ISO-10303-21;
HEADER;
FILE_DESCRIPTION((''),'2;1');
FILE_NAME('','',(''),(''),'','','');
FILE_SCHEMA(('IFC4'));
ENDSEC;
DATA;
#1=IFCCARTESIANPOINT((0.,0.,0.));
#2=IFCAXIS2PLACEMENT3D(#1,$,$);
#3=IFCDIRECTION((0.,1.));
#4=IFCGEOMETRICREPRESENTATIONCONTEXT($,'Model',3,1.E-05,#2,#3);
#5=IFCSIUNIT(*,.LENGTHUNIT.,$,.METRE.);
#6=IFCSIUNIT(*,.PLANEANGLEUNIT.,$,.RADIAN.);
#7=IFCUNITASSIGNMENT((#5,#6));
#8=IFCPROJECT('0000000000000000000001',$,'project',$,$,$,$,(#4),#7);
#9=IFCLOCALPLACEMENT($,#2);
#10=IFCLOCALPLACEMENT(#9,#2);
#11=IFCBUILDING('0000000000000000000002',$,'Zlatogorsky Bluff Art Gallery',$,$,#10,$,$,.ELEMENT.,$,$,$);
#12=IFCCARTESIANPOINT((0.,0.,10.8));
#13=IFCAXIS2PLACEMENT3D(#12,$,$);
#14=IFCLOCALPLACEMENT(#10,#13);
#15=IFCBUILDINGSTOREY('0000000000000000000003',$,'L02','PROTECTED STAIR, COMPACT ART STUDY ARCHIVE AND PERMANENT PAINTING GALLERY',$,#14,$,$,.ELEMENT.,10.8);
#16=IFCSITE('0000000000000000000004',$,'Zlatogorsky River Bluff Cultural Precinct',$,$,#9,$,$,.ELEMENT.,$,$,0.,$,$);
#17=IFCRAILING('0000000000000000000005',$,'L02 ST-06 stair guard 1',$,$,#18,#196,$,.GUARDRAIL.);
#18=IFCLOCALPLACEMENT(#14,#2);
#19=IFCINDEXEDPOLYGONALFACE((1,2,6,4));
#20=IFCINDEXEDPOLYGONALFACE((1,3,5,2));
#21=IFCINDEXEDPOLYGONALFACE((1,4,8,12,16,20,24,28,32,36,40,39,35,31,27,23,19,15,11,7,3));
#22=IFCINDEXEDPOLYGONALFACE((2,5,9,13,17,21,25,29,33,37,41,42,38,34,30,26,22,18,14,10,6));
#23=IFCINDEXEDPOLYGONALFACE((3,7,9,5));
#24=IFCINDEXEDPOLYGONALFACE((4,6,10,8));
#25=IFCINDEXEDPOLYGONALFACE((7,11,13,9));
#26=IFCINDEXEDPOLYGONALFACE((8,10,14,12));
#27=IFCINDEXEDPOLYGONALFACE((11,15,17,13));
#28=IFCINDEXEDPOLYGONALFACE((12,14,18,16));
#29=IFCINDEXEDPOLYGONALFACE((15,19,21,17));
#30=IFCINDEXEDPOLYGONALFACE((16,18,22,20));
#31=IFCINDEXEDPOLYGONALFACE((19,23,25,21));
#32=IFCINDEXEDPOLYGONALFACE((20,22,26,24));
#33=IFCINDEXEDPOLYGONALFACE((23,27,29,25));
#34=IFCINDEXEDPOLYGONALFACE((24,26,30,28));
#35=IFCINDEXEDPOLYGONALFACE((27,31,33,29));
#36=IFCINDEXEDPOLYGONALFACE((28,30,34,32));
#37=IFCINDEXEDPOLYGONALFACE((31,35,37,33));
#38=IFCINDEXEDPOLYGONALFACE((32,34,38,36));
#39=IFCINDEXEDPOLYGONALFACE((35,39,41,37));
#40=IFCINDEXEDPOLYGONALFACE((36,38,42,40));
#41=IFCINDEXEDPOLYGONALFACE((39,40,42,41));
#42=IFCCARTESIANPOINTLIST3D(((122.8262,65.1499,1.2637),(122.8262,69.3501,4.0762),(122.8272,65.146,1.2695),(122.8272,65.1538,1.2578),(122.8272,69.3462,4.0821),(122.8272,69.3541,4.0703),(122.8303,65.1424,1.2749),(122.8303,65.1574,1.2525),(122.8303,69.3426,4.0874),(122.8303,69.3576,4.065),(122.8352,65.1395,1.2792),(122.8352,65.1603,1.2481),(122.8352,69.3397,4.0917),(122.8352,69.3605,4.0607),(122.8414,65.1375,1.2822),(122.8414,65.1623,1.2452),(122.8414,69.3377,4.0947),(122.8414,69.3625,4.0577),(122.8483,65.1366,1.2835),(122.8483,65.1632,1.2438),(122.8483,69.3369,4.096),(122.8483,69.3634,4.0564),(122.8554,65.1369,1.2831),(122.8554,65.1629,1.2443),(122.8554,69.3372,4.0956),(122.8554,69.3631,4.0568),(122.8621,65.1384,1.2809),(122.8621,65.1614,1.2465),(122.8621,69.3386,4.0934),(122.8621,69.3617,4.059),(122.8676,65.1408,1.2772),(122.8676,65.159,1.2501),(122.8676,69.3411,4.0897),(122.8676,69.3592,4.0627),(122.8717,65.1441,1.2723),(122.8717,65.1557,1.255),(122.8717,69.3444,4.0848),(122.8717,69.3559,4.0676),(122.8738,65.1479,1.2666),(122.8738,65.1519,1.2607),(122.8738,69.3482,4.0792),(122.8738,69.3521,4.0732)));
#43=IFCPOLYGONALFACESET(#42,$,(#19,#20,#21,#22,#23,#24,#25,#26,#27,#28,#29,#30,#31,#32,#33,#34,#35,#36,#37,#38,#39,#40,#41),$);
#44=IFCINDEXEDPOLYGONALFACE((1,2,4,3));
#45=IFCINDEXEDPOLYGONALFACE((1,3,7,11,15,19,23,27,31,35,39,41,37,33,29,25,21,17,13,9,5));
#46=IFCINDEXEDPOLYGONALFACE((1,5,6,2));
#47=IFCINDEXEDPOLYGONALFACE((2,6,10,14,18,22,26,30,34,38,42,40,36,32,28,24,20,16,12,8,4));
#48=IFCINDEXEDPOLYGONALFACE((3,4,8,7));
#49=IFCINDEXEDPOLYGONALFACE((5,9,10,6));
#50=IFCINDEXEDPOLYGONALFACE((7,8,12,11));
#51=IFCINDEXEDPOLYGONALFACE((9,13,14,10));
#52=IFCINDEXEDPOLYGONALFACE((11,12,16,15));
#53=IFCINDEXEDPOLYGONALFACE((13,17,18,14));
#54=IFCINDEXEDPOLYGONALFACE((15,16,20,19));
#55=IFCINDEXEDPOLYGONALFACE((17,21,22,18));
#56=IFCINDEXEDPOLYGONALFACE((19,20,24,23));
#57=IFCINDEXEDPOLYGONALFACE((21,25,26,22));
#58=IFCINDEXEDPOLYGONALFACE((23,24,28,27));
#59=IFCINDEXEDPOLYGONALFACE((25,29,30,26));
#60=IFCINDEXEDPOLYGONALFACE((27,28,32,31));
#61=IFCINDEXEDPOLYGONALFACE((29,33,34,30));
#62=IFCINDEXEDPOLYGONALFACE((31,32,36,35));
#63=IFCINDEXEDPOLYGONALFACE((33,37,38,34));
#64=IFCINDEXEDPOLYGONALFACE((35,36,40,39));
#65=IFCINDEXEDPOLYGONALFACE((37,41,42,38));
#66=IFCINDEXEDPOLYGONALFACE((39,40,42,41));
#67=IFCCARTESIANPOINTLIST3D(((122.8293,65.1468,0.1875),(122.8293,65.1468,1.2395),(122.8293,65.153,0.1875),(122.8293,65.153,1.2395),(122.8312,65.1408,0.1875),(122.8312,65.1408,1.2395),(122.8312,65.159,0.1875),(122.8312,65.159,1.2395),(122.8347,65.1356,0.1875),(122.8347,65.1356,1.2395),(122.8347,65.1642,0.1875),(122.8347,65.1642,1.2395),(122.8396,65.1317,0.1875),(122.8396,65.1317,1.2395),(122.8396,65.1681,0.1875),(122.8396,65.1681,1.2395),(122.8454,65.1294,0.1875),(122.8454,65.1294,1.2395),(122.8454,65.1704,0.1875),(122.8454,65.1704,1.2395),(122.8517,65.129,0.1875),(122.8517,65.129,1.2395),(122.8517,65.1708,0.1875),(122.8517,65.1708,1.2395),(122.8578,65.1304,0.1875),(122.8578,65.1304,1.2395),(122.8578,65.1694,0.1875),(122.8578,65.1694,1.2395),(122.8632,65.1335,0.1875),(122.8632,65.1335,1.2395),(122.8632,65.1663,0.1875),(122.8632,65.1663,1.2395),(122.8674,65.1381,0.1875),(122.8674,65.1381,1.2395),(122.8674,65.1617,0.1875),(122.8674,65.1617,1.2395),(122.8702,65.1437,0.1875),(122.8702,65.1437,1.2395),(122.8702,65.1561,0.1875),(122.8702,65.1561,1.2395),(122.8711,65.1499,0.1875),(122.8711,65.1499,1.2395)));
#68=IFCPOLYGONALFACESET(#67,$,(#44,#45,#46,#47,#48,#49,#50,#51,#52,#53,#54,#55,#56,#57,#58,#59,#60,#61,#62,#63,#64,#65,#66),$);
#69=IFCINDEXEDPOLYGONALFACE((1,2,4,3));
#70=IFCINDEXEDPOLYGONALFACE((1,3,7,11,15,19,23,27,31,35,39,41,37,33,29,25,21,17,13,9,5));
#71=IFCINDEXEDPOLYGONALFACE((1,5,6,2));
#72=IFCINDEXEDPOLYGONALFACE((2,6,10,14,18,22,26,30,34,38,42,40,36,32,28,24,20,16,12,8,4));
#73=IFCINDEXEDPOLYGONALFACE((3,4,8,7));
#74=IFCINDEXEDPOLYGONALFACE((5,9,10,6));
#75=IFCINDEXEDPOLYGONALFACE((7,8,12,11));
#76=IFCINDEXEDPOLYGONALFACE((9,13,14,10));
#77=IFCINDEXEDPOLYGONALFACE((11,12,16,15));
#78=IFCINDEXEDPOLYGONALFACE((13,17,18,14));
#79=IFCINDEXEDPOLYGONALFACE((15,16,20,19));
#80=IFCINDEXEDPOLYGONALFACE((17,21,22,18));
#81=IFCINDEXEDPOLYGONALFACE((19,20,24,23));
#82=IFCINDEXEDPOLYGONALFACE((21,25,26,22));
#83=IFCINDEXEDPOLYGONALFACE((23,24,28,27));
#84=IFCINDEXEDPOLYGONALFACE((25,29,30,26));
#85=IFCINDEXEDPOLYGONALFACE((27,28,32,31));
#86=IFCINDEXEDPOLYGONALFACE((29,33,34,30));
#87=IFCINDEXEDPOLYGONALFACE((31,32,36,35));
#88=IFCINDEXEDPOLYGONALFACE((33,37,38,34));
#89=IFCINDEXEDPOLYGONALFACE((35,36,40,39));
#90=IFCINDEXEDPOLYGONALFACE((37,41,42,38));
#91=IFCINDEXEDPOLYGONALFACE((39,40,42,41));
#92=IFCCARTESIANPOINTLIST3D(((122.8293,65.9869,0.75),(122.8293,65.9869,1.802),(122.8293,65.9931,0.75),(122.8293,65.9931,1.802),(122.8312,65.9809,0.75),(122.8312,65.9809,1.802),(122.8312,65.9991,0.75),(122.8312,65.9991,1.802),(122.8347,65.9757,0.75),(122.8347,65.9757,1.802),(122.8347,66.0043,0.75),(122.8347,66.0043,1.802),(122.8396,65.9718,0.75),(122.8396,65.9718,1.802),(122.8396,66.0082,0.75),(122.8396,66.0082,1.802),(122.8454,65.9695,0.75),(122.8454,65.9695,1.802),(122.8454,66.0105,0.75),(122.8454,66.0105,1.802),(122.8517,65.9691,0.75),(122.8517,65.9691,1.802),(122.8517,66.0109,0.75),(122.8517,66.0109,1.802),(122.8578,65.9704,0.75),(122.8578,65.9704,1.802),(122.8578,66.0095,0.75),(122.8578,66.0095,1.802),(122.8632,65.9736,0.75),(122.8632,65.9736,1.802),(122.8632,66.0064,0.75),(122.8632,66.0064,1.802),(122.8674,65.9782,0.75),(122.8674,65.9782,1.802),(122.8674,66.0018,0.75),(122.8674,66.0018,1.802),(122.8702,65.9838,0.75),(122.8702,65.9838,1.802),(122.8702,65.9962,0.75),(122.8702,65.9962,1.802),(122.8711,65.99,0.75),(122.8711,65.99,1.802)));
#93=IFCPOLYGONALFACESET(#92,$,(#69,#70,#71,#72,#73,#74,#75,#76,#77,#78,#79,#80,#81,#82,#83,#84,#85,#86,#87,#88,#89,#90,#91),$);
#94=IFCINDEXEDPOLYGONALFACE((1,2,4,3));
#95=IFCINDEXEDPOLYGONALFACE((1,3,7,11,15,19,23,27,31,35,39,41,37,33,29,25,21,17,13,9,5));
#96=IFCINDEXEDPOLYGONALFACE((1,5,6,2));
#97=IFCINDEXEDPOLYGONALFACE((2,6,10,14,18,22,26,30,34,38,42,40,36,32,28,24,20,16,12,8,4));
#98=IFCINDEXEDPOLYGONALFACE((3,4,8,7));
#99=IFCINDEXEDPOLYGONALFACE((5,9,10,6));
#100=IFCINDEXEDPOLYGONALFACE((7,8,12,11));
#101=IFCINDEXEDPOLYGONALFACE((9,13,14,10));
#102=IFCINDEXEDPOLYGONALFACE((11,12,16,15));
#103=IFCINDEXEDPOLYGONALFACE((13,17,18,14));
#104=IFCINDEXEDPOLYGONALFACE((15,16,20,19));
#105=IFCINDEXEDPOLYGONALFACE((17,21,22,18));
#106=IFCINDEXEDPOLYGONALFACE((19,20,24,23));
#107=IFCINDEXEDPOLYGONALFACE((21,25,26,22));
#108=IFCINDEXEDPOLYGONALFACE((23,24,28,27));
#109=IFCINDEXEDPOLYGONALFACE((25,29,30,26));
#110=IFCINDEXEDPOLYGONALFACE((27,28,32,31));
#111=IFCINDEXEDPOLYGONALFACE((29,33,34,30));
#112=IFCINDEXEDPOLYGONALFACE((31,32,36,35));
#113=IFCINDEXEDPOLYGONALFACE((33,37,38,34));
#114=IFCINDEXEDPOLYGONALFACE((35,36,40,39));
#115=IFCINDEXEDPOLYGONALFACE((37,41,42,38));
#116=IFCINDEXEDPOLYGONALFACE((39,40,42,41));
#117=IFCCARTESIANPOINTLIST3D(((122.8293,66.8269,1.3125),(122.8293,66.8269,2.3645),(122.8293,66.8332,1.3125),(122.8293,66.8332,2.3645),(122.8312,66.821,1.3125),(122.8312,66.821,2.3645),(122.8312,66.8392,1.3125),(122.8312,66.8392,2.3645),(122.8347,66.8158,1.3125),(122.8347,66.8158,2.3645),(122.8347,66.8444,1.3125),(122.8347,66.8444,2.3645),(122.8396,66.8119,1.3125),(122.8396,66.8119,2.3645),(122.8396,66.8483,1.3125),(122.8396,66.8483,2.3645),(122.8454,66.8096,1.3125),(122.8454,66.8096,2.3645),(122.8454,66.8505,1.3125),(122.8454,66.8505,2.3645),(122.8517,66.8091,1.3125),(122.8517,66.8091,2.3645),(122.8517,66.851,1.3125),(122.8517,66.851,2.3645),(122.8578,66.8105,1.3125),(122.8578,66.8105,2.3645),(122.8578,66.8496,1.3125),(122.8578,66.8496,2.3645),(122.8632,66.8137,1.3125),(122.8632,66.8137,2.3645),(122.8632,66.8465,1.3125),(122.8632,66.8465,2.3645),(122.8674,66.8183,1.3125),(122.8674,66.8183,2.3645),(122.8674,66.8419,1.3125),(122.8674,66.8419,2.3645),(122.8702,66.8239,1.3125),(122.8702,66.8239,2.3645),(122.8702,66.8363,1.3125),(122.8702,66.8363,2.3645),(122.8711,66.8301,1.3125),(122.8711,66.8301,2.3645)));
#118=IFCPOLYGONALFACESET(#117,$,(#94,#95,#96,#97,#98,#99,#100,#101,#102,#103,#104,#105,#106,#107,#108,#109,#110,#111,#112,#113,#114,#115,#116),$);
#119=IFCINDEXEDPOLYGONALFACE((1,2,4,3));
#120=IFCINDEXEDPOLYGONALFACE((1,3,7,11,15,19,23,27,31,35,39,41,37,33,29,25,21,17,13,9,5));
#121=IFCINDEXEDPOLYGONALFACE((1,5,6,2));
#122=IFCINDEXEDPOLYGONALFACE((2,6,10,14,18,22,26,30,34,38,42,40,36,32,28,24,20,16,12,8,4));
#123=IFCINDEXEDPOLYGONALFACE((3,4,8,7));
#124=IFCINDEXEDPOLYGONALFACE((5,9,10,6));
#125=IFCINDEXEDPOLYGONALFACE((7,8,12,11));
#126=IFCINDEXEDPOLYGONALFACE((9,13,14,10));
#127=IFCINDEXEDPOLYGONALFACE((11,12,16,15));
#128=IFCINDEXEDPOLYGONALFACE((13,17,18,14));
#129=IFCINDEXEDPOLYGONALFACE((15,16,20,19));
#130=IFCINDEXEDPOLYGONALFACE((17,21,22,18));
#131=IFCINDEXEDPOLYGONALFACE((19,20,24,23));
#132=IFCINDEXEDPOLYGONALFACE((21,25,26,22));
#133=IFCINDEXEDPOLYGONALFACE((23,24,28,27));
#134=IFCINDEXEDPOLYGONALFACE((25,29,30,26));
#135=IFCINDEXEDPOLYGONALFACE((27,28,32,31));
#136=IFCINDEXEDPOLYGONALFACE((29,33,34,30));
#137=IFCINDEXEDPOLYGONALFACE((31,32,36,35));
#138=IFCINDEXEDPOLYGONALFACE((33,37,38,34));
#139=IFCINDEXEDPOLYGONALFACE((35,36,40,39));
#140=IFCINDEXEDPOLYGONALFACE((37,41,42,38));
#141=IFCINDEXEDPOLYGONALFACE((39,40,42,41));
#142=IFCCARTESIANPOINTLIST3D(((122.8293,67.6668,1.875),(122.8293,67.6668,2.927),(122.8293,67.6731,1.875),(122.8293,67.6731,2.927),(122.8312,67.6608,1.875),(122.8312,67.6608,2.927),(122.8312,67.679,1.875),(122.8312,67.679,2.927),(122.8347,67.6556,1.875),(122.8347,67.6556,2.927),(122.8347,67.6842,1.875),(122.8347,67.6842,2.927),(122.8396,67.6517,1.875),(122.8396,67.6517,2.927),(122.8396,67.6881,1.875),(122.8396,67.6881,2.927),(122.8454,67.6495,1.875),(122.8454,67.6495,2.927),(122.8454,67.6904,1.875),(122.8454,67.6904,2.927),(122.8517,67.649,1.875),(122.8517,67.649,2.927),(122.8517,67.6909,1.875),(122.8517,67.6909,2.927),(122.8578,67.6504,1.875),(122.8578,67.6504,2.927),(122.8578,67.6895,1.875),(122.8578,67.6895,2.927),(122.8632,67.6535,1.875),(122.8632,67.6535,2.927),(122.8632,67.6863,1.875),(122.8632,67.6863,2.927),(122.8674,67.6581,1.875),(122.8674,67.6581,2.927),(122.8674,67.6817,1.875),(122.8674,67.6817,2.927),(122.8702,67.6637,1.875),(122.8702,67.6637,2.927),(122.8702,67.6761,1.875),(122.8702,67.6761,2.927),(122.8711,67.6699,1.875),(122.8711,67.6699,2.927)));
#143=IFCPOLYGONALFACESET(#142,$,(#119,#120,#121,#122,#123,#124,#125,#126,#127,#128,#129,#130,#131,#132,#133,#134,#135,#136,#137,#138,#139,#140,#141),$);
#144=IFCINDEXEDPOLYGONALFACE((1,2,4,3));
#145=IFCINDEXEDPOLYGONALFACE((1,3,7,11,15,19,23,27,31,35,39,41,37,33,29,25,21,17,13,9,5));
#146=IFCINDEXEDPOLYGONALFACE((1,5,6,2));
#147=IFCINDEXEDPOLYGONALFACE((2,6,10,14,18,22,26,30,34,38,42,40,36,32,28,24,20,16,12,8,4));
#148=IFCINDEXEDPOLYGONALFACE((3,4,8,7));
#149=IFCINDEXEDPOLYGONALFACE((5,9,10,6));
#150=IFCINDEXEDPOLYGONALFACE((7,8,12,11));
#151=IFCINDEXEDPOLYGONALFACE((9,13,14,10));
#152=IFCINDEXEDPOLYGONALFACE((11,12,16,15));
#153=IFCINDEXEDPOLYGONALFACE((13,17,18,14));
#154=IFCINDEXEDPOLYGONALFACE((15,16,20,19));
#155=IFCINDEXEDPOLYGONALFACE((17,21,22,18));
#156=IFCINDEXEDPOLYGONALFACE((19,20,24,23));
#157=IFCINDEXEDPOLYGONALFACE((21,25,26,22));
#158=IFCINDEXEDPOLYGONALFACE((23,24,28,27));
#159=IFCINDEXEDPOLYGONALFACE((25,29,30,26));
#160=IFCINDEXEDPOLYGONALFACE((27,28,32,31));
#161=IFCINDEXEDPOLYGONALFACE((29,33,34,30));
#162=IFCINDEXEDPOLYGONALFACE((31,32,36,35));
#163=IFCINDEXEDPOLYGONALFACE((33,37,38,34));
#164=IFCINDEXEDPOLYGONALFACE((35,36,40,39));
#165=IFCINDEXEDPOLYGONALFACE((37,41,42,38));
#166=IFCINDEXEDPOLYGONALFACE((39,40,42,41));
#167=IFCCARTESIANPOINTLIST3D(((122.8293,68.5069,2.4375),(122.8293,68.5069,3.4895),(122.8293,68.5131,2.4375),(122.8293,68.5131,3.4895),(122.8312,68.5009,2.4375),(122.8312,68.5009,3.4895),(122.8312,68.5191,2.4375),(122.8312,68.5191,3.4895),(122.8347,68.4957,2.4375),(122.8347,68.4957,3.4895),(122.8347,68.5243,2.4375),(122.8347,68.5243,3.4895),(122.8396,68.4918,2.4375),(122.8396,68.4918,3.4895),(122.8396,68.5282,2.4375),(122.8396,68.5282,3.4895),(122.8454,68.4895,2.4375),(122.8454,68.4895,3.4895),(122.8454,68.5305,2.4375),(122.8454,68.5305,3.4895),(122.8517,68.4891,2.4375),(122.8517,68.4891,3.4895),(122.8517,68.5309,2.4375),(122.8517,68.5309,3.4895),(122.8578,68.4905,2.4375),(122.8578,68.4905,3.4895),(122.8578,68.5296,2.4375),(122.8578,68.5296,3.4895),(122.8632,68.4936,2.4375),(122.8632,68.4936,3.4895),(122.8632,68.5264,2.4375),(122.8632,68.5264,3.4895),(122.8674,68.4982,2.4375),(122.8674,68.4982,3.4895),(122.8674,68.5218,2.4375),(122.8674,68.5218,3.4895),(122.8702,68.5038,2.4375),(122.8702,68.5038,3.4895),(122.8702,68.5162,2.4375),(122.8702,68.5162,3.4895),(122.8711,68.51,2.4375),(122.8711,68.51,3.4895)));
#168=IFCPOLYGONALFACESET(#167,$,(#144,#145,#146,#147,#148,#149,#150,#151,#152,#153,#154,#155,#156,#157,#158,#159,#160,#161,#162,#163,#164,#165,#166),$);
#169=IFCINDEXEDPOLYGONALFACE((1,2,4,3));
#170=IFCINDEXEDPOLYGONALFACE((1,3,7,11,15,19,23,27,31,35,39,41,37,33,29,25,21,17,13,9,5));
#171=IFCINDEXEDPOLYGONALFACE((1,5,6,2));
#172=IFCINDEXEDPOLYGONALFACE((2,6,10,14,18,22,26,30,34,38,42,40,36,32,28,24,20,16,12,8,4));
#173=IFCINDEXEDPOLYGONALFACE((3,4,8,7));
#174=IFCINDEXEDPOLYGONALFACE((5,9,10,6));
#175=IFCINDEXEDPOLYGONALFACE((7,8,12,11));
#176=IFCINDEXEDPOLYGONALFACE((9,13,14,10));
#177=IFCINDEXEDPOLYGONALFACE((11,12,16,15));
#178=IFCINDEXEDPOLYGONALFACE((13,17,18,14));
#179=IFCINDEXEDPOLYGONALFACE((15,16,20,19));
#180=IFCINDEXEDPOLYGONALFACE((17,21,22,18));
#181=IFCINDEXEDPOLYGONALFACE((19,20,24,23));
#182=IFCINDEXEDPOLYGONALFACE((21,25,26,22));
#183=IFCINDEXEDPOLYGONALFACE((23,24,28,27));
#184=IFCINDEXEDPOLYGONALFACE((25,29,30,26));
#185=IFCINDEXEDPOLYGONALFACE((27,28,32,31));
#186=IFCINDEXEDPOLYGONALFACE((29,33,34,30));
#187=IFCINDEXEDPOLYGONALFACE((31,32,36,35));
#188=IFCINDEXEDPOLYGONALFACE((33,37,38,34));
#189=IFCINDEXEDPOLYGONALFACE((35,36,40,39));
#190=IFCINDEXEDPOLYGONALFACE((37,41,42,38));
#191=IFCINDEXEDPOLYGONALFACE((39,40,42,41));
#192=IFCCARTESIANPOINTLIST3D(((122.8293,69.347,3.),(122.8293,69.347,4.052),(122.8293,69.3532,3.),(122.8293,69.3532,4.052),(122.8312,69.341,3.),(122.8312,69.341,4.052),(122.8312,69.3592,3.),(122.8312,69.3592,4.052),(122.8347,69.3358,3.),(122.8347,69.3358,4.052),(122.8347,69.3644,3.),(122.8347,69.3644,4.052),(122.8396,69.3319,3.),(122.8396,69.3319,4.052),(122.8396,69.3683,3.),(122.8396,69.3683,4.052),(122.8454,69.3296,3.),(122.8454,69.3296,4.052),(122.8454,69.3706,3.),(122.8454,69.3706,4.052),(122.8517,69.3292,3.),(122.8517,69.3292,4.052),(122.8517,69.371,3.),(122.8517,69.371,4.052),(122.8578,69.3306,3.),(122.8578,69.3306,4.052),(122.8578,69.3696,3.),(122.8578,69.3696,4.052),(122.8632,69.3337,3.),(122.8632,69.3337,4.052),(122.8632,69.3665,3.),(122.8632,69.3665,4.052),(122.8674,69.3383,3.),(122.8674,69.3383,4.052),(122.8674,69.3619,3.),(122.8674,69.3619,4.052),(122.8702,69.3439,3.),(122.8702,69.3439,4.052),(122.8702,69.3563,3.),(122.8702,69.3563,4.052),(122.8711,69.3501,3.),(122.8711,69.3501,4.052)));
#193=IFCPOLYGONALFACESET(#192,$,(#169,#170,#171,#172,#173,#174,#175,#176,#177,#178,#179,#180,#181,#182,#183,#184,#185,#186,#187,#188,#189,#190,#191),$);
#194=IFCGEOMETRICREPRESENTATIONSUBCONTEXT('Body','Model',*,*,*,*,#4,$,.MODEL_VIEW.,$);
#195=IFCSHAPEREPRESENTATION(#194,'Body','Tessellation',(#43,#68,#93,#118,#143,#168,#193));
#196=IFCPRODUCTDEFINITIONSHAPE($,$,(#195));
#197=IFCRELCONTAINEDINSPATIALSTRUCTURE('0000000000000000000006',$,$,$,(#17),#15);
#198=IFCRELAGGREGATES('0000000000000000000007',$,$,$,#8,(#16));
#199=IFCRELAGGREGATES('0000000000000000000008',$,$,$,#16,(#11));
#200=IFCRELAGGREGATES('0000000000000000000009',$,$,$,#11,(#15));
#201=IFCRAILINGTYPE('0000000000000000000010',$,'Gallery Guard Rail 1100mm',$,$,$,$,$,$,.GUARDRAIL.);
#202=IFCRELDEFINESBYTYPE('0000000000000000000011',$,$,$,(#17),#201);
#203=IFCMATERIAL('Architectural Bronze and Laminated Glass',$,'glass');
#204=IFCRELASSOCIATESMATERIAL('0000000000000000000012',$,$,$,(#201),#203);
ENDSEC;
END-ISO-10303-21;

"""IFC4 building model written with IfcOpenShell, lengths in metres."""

from ifc_helpers import new_model, si_unit, direction, frame, origin, origin_2d, place, context, subcontext, project, spatial, circle, extrude, material, type_object, element, save


model = new_model("IFC4")

# Units and contexts
model_context = context("Model", 3, precision=1e-05, world=origin(), true_north=direction((0.0, 1.0)))
body_context = subcontext(model_context, "Body", "Model", "MODEL_VIEW")
ifc_project = project(units=[si_unit("LENGTHUNIT", "METRE"), si_unit("PLANEANGLEUNIT", "RADIAN")], contexts=[model_context])

# Site, building, storey
site_placement = place(None, origin())
site = spatial("IfcSite", under=ifc_project, at=site_placement, Name="Zlatogorsky River Bluff Cultural Precinct", CompositionType="ELEMENT", RefElevation=0.0)
building_placement = place(site_placement, origin())
building = spatial("IfcBuilding", under=site, at=building_placement, Name="Zlatogorsky Bluff Art Gallery", CompositionType="ELEMENT")
storey_placement = place(building_placement, frame((0.0, 0.0, 10.8)))
storey = spatial("IfcBuildingStorey", under=building, at=storey_placement, Name="L02", Description="PROTECTED STAIR, COMPACT ART STUDY ARCHIVE AND PERMANENT PAINTING GALLERY", CompositionType="ELEMENT", Elevation=10.8)

# Railing
ifc_material_1 = material(Name="Architectural Bronze and Laminated Glass", Category="glass")
railing_type_1 = type_object("IfcRailingType", Name="Gallery Guard Rail 1100mm", PredefinedType="GUARDRAIL", material=ifc_material_1)
railing_1_placement = place(storey_placement, frame((122.8501, 65.1499, 0.1875)))
element("IfcRailing", 1, at=railing_1_placement, inside=storey, type_object=railing_type_1, Name="L02 ST-06 stair guard 1", PredefinedType="GUARDRAIL", context=body_context, shape_type="SweptSolid", body=[
    extrude(circle(Radius=0.0239, at=origin_2d()), frame((0.0, 0.0, 1.0762), z_axis=(0.0, 0.830919, 0.556393), x_axis=(-1.0, 0.0, 0.0)), (0.0, 0.0, 1.0), 5.0549),
    extrude(circle(Radius=0.021, at=origin_2d()), origin(), (0.0, 0.0, 1.0), 1.052),
    extrude(circle(Radius=0.021, at=origin_2d()), frame((0.0, 0.8401, 0.5625)), (0.0, 0.0, 1.0), 1.052),
    extrude(circle(Radius=0.021, at=origin_2d()), frame((0.0, 1.6802, 1.125)), (0.0, 0.0, 1.0), 1.052),
    extrude(circle(Radius=0.021, at=origin_2d()), frame((0.0, 2.52, 1.6875)), (0.0, 0.0, 1.0), 1.052),
    extrude(circle(Radius=0.021, at=origin_2d()), frame((0.0, 3.3601, 2.25)), (0.0, 0.0, 1.0), 1.052),
    extrude(circle(Radius=0.021, at=origin_2d()), frame((0.0, 4.2002, 2.8125)), (0.0, 0.0, 1.0), 1.052),
])

save(model, "model.ifc")
